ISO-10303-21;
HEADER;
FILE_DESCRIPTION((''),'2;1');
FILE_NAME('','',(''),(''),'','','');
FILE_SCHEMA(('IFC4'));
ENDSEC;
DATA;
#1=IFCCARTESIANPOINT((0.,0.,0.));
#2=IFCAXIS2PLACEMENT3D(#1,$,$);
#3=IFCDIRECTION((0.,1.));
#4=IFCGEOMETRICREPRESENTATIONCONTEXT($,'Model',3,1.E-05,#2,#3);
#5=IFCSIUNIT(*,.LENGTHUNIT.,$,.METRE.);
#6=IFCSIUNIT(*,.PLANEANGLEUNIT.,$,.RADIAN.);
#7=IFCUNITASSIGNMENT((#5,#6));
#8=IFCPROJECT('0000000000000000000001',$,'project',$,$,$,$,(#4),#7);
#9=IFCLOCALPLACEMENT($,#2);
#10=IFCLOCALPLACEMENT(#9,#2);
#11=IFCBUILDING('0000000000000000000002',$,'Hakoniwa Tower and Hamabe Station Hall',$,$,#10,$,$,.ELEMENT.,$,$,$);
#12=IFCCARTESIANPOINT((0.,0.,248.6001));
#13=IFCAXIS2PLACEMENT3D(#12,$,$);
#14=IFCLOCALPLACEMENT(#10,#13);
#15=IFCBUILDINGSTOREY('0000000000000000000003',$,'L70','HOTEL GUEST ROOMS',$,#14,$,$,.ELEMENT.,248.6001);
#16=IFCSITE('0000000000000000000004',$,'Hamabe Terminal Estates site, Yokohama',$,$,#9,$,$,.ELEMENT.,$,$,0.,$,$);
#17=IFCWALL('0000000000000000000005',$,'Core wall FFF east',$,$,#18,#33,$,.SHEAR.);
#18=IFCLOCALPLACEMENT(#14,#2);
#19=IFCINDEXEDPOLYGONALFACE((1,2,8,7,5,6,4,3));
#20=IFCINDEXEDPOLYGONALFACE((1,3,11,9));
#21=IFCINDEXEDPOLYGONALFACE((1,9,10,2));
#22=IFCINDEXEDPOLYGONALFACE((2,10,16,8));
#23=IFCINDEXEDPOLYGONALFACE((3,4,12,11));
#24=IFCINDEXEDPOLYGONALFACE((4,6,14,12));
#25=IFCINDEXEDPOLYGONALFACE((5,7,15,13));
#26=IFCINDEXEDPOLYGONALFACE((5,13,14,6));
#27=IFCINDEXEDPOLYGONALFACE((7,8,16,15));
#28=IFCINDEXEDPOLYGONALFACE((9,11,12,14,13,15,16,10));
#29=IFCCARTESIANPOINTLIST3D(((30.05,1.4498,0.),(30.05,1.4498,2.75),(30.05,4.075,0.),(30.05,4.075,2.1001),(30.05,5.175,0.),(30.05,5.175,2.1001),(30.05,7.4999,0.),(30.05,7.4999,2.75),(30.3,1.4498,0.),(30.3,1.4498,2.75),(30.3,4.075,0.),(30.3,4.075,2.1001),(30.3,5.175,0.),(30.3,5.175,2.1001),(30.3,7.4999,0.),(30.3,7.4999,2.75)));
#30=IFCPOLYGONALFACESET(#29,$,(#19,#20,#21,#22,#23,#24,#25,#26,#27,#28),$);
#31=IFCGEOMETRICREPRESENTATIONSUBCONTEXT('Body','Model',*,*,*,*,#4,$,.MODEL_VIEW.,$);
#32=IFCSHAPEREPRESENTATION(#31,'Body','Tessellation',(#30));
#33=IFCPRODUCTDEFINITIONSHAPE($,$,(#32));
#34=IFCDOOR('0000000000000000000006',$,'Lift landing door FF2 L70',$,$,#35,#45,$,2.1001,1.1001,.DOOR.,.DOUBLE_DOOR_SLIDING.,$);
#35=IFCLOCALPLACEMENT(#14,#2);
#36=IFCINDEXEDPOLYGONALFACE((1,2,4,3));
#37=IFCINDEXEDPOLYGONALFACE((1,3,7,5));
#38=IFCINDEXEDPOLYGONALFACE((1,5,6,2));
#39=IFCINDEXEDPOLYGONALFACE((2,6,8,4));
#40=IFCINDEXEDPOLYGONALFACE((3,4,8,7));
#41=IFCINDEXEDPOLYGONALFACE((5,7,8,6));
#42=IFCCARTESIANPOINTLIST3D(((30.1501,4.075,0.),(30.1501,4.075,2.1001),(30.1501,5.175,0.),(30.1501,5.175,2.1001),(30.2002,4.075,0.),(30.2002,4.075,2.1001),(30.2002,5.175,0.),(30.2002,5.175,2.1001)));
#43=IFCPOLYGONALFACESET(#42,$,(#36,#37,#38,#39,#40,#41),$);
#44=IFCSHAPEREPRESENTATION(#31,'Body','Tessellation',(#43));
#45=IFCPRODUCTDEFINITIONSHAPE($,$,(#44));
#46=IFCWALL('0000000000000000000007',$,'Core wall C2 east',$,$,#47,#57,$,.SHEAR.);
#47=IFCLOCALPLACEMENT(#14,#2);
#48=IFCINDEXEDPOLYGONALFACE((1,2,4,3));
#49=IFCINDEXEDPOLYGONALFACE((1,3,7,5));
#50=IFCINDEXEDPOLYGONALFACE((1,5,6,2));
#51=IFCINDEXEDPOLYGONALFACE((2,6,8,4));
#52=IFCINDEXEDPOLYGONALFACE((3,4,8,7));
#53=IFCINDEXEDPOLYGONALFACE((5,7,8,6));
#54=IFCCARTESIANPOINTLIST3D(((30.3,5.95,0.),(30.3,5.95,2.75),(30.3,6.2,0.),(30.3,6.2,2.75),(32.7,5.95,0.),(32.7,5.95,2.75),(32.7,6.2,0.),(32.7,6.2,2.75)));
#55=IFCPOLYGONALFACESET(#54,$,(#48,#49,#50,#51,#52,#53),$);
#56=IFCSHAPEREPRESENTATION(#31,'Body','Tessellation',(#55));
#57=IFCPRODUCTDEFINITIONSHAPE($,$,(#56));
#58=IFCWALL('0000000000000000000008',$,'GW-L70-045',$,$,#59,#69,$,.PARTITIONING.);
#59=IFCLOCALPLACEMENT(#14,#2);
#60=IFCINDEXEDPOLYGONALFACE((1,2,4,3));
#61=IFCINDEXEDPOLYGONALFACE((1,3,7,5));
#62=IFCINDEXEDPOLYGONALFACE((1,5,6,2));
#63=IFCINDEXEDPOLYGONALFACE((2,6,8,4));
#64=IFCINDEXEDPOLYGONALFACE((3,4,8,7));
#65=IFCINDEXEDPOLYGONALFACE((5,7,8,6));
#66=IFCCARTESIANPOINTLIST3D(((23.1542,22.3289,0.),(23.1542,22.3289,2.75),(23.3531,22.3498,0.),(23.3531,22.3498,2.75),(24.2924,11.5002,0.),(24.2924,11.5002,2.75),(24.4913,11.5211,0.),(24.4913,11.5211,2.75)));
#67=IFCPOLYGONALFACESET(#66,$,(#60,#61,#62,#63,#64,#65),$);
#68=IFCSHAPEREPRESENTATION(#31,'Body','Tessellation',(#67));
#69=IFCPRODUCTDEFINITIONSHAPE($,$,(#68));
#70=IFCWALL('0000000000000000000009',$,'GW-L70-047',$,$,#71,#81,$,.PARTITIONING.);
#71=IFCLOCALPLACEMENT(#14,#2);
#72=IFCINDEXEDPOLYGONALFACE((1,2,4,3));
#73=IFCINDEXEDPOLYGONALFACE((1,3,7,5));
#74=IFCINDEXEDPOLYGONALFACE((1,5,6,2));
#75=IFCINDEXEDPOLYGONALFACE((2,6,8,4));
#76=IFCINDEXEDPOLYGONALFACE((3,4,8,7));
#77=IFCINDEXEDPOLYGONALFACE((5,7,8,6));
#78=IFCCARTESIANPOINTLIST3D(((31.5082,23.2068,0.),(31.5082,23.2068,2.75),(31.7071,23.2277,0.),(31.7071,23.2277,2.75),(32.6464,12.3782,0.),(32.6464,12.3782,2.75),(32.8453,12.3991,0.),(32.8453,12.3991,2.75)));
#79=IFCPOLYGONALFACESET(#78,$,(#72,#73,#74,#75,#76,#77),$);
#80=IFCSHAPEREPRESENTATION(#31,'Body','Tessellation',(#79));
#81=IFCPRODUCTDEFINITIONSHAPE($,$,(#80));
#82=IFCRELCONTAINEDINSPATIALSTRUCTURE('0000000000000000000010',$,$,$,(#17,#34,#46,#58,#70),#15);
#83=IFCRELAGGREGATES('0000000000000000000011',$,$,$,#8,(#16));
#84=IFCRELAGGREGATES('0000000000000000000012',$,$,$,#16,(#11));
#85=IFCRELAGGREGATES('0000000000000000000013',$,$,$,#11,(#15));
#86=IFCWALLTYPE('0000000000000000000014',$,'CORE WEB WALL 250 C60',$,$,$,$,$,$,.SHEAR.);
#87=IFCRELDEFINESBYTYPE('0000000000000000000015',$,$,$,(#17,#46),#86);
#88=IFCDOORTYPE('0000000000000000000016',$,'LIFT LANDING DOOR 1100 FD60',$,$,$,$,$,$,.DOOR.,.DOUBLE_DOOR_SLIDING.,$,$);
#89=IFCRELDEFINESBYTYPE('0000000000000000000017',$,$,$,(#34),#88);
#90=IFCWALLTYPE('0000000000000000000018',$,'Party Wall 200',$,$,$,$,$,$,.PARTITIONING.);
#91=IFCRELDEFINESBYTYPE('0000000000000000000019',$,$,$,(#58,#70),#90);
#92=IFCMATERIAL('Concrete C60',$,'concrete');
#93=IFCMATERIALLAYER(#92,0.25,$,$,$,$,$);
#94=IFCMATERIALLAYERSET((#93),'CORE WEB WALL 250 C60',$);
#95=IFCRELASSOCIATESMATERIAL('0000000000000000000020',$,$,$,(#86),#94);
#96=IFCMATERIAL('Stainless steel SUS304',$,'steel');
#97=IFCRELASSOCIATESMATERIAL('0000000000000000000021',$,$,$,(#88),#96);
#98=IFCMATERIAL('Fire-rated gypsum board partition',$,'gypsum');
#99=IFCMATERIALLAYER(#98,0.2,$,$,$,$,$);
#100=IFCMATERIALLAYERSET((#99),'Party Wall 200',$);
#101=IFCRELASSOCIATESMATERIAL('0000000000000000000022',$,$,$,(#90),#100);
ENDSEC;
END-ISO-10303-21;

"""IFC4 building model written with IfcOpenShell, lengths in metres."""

from ifc_helpers import new_model, si_unit, direction, frame, frame_2d, origin, place, context, subcontext, project, spatial, rectangle, extrude, material, layer, layer_set, type_object, element, fill, save


model = new_model("IFC4")

# Units and contexts
model_context = context("Model", 3, precision=1e-05, world=origin(), true_north=direction((0.0, 1.0)))
body_context = subcontext(model_context, "Body", "Model", "MODEL_VIEW")
ifc_project = project(units=[si_unit("LENGTHUNIT", "METRE"), si_unit("PLANEANGLEUNIT", "RADIAN")], contexts=[model_context])

# Site, building, storey
site_placement = place(None, origin())
site = spatial("IfcSite", under=ifc_project, at=site_placement, Name="Hamabe Terminal Estates site, Yokohama", CompositionType="ELEMENT", RefElevation=0.0)
building_placement = place(site_placement, origin())
building = spatial("IfcBuilding", under=site, at=building_placement, Name="Hakoniwa Tower and Hamabe Station Hall", CompositionType="ELEMENT")
storey_placement = place(building_placement, frame((0.0, 0.0, 248.6001)))
storey = spatial("IfcBuildingStorey", under=building, at=storey_placement, Name="L70", Description="HOTEL GUEST ROOMS", CompositionType="ELEMENT", Elevation=248.6001)

# Shared definitions
ifc_material_1 = material(Name="Concrete C60", Category="concrete")
ifc_layer_1 = layer(ifc_material_1, 0.25)
ifc_layer_set_1 = layer_set([ifc_layer_1], Name="CORE WEB WALL 250 C60")
wall_type_1 = type_object("IfcWallType", Name="CORE WEB WALL 250 C60", PredefinedType="SHEAR", material=ifc_layer_set_1)

# Wall, opening, door
wall_1_placement = place(storey_placement, frame((30.175, 1.45, 0.0), z_axis=(0.0, 0.0, 1.0), x_axis=(0.0, 1.0, 0.0)))
wall_1 = element("IfcWall", 1, at=wall_1_placement, inside=storey, type_object=wall_type_1, Name="Core wall FFF east", PredefinedType="SHEAR", context=body_context, shape_type="SweptSolid", body=[
    extrude(rectangle(XDim=6.05, YDim=0.25, at=frame_2d((3.0249, 0.0))), origin(), (0.0, 0.0, 1.0), 2.75),
])
opening_1_placement = place(wall_1_placement, frame((2.625, 0.0, 0.0)))
opening_1 = element("IfcOpeningElement", 2, at=opening_1_placement, cuts=wall_1, PredefinedType="OPENING", context=body_context, shape_type="SweptSolid", body=[
    extrude(rectangle(XDim=1.1001, YDim=2.1001, at=frame_2d((0.55, 1.05))), frame((0.0, 0.135, 0.0), z_axis=(0.0, -1.0, 0.0), x_axis=(1.0, 0.0, 0.0)), (0.0, 0.0, 1.0), 0.27),
])
ifc_material_2 = material(Name="Stainless steel SUS304", Category="steel")
door_type_1 = type_object("IfcDoorType", Name="LIFT LANDING DOOR 1100 FD60", OperationType="DOUBLE_DOOR_SLIDING", PredefinedType="DOOR", material=ifc_material_2)
door_1_placement = place(opening_1_placement, origin())
door_1 = element("IfcDoor", 3, at=door_1_placement, inside=storey, type_object=door_type_1, Name="Lift landing door FF2 L70", OperationType="DOUBLE_DOOR_SLIDING", OverallHeight=2.1001, OverallWidth=1.1001, PredefinedType="DOOR", context=body_context, shape_type="SweptSolid", body=[
    extrude(rectangle(XDim=1.1001, YDim=2.1001, at=frame_2d((0.55, 1.05))), frame((0.0, 0.0249, 0.0), z_axis=(0.0, -1.0, 0.0), x_axis=(1.0, 0.0, 0.0)), (0.0, 0.0, 1.0), 0.05),
])
fill(opening_1, door_1)

# Walls
wall_2_placement = place(storey_placement, frame((30.3, 6.075, 0.0), z_axis=(0.0, 0.0, 1.0), x_axis=(1.0, 0.0, 0.0)))
element("IfcWall", 4, at=wall_2_placement, inside=storey, type_object=wall_type_1, Name="Core wall C2 east", PredefinedType="SHEAR", context=body_context, shape_type="SweptSolid", body=[
    extrude(rectangle(XDim=2.3999, YDim=0.25, at=frame_2d((1.2, 0.0))), origin(), (0.0, 0.0, 1.0), 2.75),
])
ifc_material_3 = material(Name="Fire-rated gypsum board partition", Category="gypsum")
ifc_layer_2 = layer(ifc_material_3, 0.2)
ifc_layer_set_2 = layer_set([ifc_layer_2], Name="Party Wall 200")
wall_type_2 = type_object("IfcWallType", Name="Party Wall 200", PredefinedType="PARTITIONING", material=ifc_layer_set_2)
wall_3_placement = place(storey_placement, frame((24.3918, 11.5105, 0.0), z_axis=(0.0, 0.0, 1.0), x_axis=(-0.104531, 0.994522, 0.0)))
element("IfcWall", 5, at=wall_3_placement, inside=storey, type_object=wall_type_2, Name="GW-L70-045", PredefinedType="PARTITIONING", context=body_context, shape_type="SweptSolid", body=[
    extrude(rectangle(XDim=10.8884, YDim=0.2, at=frame_2d((5.4443, 0.0))), origin(), (0.0, 0.0, 1.0), 2.75),
])
wall_4_placement = place(storey_placement, frame((32.7458, 12.3887, 0.0), z_axis=(0.0, 0.0, 1.0), x_axis=(-0.104533, 0.994521, 0.0)))
element("IfcWall", 6, at=wall_4_placement, inside=storey, type_object=wall_type_2, Name="GW-L70-047", PredefinedType="PARTITIONING", context=body_context, shape_type="SweptSolid", body=[
    extrude(rectangle(XDim=10.8882, YDim=0.2, at=frame_2d((5.4441, 0.0))), origin(), (0.0, 0.0, 1.0), 2.75),
])

save(model, "model.ifc")
